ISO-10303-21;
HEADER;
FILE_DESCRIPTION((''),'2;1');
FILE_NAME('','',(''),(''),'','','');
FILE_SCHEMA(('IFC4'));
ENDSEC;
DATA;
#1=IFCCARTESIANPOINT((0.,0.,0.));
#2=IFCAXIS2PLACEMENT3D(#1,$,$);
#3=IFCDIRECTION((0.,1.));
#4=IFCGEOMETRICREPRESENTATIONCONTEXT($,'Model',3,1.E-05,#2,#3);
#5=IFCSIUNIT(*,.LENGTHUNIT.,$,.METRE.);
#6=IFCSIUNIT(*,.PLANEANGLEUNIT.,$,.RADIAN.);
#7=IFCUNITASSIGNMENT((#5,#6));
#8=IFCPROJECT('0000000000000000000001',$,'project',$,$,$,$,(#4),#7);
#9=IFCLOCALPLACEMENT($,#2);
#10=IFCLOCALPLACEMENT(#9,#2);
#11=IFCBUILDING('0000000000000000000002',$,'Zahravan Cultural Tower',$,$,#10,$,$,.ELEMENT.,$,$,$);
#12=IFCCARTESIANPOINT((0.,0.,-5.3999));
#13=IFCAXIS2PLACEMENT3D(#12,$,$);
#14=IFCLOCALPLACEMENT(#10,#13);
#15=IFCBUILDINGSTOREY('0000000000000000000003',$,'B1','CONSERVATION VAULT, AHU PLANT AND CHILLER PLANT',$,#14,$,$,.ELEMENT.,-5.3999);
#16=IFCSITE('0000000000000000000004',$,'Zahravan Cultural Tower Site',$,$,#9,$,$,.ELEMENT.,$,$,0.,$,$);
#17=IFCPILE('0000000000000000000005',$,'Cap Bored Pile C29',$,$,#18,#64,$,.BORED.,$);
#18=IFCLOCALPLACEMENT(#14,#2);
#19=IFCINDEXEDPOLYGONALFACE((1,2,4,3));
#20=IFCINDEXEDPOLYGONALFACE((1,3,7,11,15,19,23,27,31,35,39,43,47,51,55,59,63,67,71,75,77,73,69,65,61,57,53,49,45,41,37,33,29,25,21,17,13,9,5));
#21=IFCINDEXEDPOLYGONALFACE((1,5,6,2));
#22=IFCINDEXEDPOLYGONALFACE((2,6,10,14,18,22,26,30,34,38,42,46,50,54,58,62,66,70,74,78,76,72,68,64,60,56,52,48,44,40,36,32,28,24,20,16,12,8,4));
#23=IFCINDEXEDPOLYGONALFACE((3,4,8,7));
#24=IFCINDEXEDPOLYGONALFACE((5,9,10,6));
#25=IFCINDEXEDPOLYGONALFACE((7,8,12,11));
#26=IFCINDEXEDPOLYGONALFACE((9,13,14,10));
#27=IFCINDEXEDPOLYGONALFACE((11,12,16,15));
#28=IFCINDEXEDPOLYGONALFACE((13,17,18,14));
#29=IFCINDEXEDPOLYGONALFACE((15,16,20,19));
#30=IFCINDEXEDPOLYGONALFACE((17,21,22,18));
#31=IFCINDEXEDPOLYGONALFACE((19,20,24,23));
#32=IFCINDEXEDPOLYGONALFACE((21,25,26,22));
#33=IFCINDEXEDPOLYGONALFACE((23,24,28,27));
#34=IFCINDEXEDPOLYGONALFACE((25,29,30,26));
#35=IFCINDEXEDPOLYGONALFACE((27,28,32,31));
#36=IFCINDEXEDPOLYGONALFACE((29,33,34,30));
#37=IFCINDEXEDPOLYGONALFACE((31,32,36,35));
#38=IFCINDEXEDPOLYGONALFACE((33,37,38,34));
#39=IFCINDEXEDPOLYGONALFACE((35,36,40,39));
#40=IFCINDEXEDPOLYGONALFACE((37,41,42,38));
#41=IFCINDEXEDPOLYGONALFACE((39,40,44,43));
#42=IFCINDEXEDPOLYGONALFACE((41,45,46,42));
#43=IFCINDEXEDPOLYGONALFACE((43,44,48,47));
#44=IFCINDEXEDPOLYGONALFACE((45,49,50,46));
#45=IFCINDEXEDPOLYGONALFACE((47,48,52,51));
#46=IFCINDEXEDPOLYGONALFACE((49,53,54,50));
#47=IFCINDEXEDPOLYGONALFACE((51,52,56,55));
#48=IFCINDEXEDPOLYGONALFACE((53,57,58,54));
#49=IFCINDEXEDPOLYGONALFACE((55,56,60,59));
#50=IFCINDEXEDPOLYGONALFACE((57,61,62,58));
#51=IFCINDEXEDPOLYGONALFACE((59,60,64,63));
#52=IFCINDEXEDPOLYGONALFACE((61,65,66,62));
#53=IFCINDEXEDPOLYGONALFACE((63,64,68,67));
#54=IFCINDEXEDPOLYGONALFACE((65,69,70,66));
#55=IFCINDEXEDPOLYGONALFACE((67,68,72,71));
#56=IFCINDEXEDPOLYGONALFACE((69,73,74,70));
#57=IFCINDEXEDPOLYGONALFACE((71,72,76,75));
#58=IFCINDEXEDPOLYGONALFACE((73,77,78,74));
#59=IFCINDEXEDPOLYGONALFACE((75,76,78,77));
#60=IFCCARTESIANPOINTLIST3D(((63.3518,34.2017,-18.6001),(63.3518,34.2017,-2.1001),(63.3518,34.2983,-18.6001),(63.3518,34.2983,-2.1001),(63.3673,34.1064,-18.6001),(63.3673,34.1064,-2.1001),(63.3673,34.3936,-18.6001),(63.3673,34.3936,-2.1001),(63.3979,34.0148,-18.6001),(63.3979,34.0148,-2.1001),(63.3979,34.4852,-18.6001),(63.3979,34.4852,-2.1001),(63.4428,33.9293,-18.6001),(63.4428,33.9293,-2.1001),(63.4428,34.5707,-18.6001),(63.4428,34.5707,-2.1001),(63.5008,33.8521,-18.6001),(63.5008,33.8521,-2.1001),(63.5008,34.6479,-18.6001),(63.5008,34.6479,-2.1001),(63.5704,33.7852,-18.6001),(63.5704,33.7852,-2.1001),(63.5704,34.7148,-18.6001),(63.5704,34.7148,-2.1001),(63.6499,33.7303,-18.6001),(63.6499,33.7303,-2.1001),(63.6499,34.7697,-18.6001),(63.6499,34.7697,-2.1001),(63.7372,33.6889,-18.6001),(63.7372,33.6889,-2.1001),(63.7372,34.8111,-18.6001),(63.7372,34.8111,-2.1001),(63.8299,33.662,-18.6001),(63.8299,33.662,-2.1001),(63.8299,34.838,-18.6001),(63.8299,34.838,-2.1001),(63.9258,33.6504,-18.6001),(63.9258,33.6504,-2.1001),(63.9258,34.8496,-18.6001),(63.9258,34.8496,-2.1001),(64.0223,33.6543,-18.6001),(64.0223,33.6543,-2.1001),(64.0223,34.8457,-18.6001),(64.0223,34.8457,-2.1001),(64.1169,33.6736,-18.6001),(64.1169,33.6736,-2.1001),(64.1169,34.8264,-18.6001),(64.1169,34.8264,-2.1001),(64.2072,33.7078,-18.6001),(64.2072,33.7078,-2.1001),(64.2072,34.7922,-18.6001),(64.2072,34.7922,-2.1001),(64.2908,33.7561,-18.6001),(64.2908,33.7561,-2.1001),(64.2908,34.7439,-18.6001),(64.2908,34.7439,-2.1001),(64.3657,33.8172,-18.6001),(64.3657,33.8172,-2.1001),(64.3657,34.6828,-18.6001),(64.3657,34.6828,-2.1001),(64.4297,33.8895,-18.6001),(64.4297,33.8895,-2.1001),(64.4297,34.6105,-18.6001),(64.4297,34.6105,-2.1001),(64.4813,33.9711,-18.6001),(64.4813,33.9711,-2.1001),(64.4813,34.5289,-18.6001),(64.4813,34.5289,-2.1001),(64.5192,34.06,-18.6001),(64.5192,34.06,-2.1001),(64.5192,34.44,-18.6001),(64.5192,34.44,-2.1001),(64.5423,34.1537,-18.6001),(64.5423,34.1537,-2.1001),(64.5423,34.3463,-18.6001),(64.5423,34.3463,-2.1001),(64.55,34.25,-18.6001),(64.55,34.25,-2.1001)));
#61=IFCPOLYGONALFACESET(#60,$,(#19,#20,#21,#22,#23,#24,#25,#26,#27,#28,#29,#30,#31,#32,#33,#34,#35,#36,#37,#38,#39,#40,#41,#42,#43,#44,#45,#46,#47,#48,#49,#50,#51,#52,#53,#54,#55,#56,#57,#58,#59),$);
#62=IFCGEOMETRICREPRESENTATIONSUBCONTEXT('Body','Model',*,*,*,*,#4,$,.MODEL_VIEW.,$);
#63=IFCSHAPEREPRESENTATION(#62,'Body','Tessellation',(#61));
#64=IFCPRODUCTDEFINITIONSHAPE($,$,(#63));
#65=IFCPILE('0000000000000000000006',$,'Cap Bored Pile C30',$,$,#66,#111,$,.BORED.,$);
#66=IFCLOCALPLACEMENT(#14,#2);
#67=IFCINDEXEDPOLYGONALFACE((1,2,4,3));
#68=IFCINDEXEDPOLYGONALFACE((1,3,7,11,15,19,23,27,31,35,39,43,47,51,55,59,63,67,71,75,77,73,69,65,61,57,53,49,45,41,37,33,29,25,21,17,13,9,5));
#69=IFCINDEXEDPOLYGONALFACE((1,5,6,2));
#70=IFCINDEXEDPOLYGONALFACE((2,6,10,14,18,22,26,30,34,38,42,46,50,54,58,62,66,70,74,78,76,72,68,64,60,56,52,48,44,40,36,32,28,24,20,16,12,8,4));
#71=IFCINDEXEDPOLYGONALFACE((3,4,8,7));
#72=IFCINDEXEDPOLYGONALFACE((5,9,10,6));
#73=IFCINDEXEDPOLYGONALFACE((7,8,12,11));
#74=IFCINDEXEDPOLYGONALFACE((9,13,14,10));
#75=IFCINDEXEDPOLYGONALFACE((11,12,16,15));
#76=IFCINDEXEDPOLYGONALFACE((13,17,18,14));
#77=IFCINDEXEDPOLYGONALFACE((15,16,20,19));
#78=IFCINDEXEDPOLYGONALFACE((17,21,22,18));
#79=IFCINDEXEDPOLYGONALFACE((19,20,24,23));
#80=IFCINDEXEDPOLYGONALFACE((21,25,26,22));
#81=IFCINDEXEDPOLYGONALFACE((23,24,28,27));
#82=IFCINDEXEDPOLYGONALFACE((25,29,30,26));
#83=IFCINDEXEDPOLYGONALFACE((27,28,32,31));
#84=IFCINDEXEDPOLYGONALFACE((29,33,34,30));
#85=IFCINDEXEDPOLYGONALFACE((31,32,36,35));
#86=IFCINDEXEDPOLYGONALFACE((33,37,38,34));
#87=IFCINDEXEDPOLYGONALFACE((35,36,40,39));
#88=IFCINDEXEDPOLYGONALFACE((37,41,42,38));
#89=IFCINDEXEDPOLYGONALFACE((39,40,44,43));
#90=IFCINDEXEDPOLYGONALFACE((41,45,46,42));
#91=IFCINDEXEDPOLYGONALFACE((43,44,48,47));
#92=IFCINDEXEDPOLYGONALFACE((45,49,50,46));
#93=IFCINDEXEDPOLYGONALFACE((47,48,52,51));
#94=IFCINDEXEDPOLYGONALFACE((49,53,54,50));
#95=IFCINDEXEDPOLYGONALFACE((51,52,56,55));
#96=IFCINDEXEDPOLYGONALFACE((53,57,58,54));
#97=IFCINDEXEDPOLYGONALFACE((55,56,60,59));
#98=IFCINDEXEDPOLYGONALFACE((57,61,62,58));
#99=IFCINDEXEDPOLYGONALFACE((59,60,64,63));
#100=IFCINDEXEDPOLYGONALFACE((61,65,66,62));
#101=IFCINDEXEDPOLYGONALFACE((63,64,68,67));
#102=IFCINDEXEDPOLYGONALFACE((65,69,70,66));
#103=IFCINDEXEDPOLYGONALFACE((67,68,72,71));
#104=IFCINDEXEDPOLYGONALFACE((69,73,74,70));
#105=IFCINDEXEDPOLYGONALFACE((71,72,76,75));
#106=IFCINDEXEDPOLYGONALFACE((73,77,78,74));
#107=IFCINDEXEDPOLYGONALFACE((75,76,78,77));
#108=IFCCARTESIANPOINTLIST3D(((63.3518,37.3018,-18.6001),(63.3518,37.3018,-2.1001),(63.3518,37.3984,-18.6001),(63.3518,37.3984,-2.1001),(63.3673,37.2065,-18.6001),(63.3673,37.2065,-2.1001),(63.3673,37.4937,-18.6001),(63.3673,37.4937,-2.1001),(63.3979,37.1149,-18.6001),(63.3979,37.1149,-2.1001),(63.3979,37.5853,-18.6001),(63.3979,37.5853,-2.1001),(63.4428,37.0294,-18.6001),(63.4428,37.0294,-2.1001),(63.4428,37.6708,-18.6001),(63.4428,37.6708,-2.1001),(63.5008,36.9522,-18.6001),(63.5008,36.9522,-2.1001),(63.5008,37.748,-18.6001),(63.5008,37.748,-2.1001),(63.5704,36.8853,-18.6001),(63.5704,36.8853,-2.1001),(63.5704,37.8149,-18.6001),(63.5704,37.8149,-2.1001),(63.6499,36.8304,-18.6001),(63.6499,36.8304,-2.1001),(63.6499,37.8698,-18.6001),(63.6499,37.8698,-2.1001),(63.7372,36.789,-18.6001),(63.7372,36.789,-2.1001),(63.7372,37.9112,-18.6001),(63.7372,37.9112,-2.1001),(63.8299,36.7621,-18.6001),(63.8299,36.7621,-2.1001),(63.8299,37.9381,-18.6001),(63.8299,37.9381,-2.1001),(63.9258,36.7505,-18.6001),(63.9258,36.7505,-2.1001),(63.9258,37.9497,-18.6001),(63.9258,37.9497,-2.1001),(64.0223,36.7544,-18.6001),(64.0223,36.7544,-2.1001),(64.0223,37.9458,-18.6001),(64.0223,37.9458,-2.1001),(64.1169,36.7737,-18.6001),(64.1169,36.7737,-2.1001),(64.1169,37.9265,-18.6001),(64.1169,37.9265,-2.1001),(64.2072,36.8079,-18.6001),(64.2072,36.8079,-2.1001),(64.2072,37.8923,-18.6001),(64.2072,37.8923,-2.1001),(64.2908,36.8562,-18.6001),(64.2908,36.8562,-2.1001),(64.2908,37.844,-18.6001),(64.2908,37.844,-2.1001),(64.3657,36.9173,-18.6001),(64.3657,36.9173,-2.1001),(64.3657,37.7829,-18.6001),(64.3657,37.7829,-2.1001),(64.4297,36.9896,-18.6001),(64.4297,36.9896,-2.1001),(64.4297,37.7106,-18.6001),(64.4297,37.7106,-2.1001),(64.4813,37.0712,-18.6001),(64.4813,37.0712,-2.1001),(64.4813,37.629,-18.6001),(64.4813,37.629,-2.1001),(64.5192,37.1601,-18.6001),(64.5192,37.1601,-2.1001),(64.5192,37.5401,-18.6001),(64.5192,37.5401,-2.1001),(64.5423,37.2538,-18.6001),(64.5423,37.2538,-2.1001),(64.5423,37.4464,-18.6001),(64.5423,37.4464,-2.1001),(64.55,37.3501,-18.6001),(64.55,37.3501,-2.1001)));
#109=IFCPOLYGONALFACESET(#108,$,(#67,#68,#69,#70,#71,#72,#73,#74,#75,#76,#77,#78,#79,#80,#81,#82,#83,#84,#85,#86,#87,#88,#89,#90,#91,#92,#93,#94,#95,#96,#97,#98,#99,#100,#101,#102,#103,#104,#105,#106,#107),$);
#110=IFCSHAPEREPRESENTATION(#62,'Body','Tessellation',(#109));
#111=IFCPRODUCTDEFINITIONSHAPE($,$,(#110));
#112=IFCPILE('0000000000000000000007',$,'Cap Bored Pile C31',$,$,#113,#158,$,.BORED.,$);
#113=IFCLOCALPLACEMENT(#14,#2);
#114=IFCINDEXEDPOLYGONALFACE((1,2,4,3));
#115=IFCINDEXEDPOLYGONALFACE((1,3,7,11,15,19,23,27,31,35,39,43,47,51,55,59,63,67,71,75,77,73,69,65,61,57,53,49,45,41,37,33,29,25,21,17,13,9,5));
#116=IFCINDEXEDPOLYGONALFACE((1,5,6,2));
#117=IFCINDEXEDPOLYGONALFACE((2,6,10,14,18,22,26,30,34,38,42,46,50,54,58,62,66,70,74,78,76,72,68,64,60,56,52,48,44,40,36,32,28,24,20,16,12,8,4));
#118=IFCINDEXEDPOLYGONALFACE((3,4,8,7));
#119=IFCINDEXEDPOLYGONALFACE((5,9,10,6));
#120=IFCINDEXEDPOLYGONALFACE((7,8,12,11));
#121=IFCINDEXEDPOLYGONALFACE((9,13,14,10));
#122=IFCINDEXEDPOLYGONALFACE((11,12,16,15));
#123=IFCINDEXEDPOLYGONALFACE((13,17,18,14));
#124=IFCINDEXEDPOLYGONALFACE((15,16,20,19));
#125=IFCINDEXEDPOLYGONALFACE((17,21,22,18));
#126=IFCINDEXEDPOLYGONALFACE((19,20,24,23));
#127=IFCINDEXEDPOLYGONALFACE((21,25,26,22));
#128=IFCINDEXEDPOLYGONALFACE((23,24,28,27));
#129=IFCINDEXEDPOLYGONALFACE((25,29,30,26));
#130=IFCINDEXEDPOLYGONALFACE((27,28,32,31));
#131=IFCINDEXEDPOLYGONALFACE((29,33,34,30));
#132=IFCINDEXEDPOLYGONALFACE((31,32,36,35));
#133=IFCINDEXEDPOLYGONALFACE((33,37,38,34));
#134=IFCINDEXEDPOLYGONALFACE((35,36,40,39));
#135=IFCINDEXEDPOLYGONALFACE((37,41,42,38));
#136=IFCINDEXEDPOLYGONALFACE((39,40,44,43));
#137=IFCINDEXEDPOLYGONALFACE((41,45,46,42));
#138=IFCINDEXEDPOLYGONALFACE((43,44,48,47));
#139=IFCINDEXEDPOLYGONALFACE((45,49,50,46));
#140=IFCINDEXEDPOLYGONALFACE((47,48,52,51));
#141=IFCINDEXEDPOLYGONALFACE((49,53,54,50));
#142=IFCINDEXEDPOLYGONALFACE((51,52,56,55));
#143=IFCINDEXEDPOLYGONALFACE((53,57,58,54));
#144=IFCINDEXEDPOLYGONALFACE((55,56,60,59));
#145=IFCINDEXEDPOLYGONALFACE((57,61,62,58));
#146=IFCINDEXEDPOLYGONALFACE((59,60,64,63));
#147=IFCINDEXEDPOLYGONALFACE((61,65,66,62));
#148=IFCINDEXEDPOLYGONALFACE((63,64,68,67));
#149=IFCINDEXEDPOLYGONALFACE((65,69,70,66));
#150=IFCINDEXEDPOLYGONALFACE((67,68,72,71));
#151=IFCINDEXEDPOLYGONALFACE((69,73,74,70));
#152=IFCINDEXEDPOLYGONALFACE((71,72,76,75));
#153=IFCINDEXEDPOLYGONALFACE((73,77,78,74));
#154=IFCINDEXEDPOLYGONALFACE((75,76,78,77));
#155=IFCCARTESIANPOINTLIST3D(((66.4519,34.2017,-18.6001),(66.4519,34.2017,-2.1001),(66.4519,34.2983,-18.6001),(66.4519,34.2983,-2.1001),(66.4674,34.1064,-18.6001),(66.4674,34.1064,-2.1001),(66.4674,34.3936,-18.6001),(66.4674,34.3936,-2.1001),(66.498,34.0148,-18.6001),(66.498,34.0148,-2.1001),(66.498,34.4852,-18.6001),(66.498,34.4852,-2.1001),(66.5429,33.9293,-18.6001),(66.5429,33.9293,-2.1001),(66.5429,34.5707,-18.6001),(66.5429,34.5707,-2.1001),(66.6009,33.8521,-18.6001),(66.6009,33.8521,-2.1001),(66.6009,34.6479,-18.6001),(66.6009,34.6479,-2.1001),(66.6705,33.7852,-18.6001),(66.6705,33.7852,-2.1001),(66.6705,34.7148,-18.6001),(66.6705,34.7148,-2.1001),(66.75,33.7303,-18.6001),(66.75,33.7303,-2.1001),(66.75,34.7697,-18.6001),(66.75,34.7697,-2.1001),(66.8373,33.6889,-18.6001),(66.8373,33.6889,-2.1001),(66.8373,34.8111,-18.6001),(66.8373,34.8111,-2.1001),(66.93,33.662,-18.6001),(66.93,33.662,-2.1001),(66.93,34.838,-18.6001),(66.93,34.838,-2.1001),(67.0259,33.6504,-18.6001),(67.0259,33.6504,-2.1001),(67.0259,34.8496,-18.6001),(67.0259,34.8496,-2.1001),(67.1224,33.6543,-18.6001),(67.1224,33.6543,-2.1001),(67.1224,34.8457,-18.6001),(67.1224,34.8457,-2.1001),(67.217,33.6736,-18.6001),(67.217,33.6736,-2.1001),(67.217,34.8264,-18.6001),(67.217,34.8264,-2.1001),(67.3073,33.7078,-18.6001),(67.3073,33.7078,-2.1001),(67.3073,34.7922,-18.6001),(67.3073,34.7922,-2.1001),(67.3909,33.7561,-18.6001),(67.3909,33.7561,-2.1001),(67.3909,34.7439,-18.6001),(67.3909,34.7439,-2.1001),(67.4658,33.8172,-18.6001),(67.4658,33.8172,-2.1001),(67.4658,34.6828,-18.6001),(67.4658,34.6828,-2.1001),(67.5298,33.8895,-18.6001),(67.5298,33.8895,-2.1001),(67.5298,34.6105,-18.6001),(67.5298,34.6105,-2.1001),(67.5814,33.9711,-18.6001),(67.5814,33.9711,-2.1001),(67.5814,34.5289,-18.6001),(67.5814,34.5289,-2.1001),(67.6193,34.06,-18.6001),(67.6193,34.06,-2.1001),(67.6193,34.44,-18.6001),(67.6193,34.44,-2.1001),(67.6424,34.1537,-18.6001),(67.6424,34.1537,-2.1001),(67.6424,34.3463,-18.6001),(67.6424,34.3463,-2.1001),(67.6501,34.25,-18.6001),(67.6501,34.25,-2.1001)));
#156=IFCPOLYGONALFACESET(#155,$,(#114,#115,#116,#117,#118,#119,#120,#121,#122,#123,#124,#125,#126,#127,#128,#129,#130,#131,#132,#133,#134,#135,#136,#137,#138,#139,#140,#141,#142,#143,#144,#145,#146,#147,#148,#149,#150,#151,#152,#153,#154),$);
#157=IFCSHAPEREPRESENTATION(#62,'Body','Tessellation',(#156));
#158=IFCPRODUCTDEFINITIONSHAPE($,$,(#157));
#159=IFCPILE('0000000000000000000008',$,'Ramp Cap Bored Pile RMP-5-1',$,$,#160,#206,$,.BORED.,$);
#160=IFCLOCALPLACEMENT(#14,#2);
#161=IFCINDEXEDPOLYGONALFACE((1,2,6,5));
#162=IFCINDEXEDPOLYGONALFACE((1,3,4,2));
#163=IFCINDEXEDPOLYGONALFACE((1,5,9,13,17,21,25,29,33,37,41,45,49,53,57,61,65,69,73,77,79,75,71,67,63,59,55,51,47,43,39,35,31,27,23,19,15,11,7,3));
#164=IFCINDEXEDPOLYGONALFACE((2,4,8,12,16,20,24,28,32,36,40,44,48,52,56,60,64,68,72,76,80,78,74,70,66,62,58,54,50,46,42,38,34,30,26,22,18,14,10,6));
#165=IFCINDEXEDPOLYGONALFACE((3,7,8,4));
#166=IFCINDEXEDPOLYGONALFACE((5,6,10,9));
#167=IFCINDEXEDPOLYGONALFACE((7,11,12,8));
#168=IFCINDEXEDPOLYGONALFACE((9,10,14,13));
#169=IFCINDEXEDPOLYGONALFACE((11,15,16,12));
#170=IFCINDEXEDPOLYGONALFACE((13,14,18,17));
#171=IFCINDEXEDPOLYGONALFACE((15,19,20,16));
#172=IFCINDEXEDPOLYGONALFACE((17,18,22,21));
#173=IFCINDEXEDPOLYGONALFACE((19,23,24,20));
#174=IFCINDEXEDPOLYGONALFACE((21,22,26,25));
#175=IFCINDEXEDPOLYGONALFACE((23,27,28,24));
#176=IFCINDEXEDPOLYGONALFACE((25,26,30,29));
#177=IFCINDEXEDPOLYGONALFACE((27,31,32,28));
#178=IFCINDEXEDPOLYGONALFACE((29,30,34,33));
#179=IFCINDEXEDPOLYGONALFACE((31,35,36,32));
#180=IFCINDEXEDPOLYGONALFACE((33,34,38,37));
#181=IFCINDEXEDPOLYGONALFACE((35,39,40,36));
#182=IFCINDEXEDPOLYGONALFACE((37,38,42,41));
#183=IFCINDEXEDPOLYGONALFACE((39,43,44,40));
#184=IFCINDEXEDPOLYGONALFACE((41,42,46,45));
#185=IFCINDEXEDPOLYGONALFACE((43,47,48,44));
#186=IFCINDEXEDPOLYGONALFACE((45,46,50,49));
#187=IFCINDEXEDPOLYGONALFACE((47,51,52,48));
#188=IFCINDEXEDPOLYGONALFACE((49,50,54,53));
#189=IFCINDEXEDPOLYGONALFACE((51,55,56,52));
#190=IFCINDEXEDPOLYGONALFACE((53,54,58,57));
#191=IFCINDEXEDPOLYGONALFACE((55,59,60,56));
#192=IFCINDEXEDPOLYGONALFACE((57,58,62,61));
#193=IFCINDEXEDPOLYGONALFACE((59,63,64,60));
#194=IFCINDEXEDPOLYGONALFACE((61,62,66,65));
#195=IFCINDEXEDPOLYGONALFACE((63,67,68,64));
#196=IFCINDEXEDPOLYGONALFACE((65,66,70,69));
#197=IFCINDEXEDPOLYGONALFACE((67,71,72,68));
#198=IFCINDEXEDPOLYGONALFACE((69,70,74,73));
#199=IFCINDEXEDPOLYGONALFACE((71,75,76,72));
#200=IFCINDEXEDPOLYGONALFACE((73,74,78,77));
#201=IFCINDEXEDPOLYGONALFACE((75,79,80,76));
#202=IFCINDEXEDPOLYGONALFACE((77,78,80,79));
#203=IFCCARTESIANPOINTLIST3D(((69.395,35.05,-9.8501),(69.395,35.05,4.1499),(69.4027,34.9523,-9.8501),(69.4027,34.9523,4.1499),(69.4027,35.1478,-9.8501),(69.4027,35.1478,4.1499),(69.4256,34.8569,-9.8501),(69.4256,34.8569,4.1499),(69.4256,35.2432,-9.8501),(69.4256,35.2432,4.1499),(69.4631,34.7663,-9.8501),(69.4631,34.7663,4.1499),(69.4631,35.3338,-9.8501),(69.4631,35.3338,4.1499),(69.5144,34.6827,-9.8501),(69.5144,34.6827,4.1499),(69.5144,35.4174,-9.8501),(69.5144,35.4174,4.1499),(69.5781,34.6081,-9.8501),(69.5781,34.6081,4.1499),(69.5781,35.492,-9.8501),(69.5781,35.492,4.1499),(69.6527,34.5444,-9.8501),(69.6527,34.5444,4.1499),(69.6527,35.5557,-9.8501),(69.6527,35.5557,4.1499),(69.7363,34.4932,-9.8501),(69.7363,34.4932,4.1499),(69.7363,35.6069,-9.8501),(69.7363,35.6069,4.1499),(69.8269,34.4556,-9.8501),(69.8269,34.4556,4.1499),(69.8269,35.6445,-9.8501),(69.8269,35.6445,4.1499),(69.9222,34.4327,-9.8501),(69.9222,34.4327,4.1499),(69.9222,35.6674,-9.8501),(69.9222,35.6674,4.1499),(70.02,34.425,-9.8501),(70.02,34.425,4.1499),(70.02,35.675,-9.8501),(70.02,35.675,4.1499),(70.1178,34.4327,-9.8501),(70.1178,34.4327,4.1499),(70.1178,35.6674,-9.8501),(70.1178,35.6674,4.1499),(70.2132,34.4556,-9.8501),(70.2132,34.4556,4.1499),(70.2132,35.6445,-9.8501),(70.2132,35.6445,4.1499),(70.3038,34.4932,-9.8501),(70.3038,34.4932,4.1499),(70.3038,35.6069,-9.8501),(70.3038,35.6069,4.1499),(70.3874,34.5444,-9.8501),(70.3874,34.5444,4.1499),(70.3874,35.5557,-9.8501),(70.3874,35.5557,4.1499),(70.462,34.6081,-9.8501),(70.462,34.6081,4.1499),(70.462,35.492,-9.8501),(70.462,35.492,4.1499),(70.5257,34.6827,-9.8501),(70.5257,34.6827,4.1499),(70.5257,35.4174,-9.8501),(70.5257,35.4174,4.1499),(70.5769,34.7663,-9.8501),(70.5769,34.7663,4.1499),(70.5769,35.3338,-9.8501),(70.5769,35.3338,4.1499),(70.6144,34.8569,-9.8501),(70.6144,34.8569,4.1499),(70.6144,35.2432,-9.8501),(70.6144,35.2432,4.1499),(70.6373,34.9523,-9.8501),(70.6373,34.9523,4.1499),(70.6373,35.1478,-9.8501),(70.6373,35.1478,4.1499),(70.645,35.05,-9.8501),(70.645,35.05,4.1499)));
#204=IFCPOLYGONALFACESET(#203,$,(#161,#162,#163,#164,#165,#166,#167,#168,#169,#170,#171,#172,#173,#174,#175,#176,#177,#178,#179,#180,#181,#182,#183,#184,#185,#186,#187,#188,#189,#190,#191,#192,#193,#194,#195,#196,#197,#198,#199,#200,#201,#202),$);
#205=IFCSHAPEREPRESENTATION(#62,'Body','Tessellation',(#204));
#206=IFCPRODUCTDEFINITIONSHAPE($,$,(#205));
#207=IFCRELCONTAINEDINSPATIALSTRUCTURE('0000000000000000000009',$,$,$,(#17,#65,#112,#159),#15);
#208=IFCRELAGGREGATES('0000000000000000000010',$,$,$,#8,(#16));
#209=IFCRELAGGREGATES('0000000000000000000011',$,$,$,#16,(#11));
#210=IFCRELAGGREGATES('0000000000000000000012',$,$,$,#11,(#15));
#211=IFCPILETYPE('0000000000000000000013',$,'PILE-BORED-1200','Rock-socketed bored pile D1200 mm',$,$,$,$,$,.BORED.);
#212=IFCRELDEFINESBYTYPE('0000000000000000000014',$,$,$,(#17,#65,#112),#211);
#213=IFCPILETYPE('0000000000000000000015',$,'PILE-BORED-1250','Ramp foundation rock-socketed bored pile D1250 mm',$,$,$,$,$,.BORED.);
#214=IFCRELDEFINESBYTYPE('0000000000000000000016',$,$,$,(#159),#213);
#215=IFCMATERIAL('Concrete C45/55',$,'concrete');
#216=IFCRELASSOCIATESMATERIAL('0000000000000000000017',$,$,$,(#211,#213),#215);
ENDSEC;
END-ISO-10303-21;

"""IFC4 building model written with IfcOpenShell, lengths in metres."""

from ifc_helpers import new_model, si_unit, direction, frame, origin, origin_2d, place, context, subcontext, project, spatial, circle, extrude, material, material_profile, profile_set, type_object, element, save


model = new_model("IFC4")

# Units and contexts
model_context = context("Model", 3, precision=1e-05, world=origin(), true_north=direction((0.0, 1.0)))
body_context = subcontext(model_context, "Body", "Model", "MODEL_VIEW")
ifc_project = project(units=[si_unit("LENGTHUNIT", "METRE"), si_unit("PLANEANGLEUNIT", "RADIAN")], contexts=[model_context])

# Site, building, storey
site_placement = place(None, origin())
site = spatial("IfcSite", under=ifc_project, at=site_placement, Name="Zahravan Cultural Tower Site", CompositionType="ELEMENT", RefElevation=0.0)
building_placement = place(site_placement, origin())
building = spatial("IfcBuilding", under=site, at=building_placement, Name="Zahravan Cultural Tower", CompositionType="ELEMENT")
storey_placement = place(building_placement, frame((0.0, 0.0, -5.3999)))
storey = spatial("IfcBuildingStorey", under=building, at=storey_placement, Name="B1", Description="CONSERVATION VAULT, AHU PLANT AND CHILLER PLANT", CompositionType="ELEMENT", Elevation=-5.3999)

# Piles
ifc_material_1 = material(Name="Concrete C45/55", Category="concrete")
ifc_material_profile_1 = material_profile(ifc_material_1, circle(Radius=0.6001, at=origin_2d()), Name="PILE-D1200")
ifc_profile_set_1 = profile_set([ifc_material_profile_1], Name="Concrete C45/55")
pile_type_1 = type_object("IfcPileType", Name="PILE-BORED-1200", Description="Rock-socketed bored pile D1200 mm", PredefinedType="BORED", material=ifc_profile_set_1)
for number, where, z_axis, x_axis, name in (
    (1, (63.95, 34.25, -2.1001), (0.0, 0.0, -1.0), (1.0, 0.0, 0.0), "Cap Bored Pile C29"),
    (2, (63.95, 37.3501, -2.1001), (0.0, 0.0, -1.0), (1.0, 0.0, 0.0), "Cap Bored Pile C30"),
    (3, (67.05, 34.25, -2.1001), (0.0, 0.0, -1.0), (1.0, 0.0, 0.0), "Cap Bored Pile C31"),
):
    element("IfcPile", number, at=place(storey_placement, frame(where, z_axis=z_axis, x_axis=x_axis)), inside=storey, type_object=pile_type_1, Name=name, PredefinedType="BORED", context=body_context, shape_type="SweptSolid", body=[
        extrude(circle(Radius=0.6001, at=origin_2d()), origin(), (0.0, 0.0, 1.0), 16.5),
    ])
ifc_material_profile_2 = material_profile(ifc_material_1, circle(Radius=0.625, at=origin_2d()), Name="PILE-D1250")
ifc_profile_set_2 = profile_set([ifc_material_profile_2], Name="Concrete C45/55")
pile_type_2 = type_object("IfcPileType", Name="PILE-BORED-1250", Description="Ramp foundation rock-socketed bored pile D1250 mm", PredefinedType="BORED", material=ifc_profile_set_2)
pile_placement = place(storey_placement, frame((70.02, 35.05, 4.1499), z_axis=(0.0, 0.0, -1.0), x_axis=(1.0, 0.0, 0.0)))
element("IfcPile", 4, at=pile_placement, inside=storey, type_object=pile_type_2, Name="Ramp Cap Bored Pile RMP-5-1", PredefinedType="BORED", context=body_context, shape_type="SweptSolid", body=[
    extrude(circle(Radius=0.625, at=origin_2d()), origin(), (0.0, 0.0, 1.0), 14.0),
])

save(model, "model.ifc")
